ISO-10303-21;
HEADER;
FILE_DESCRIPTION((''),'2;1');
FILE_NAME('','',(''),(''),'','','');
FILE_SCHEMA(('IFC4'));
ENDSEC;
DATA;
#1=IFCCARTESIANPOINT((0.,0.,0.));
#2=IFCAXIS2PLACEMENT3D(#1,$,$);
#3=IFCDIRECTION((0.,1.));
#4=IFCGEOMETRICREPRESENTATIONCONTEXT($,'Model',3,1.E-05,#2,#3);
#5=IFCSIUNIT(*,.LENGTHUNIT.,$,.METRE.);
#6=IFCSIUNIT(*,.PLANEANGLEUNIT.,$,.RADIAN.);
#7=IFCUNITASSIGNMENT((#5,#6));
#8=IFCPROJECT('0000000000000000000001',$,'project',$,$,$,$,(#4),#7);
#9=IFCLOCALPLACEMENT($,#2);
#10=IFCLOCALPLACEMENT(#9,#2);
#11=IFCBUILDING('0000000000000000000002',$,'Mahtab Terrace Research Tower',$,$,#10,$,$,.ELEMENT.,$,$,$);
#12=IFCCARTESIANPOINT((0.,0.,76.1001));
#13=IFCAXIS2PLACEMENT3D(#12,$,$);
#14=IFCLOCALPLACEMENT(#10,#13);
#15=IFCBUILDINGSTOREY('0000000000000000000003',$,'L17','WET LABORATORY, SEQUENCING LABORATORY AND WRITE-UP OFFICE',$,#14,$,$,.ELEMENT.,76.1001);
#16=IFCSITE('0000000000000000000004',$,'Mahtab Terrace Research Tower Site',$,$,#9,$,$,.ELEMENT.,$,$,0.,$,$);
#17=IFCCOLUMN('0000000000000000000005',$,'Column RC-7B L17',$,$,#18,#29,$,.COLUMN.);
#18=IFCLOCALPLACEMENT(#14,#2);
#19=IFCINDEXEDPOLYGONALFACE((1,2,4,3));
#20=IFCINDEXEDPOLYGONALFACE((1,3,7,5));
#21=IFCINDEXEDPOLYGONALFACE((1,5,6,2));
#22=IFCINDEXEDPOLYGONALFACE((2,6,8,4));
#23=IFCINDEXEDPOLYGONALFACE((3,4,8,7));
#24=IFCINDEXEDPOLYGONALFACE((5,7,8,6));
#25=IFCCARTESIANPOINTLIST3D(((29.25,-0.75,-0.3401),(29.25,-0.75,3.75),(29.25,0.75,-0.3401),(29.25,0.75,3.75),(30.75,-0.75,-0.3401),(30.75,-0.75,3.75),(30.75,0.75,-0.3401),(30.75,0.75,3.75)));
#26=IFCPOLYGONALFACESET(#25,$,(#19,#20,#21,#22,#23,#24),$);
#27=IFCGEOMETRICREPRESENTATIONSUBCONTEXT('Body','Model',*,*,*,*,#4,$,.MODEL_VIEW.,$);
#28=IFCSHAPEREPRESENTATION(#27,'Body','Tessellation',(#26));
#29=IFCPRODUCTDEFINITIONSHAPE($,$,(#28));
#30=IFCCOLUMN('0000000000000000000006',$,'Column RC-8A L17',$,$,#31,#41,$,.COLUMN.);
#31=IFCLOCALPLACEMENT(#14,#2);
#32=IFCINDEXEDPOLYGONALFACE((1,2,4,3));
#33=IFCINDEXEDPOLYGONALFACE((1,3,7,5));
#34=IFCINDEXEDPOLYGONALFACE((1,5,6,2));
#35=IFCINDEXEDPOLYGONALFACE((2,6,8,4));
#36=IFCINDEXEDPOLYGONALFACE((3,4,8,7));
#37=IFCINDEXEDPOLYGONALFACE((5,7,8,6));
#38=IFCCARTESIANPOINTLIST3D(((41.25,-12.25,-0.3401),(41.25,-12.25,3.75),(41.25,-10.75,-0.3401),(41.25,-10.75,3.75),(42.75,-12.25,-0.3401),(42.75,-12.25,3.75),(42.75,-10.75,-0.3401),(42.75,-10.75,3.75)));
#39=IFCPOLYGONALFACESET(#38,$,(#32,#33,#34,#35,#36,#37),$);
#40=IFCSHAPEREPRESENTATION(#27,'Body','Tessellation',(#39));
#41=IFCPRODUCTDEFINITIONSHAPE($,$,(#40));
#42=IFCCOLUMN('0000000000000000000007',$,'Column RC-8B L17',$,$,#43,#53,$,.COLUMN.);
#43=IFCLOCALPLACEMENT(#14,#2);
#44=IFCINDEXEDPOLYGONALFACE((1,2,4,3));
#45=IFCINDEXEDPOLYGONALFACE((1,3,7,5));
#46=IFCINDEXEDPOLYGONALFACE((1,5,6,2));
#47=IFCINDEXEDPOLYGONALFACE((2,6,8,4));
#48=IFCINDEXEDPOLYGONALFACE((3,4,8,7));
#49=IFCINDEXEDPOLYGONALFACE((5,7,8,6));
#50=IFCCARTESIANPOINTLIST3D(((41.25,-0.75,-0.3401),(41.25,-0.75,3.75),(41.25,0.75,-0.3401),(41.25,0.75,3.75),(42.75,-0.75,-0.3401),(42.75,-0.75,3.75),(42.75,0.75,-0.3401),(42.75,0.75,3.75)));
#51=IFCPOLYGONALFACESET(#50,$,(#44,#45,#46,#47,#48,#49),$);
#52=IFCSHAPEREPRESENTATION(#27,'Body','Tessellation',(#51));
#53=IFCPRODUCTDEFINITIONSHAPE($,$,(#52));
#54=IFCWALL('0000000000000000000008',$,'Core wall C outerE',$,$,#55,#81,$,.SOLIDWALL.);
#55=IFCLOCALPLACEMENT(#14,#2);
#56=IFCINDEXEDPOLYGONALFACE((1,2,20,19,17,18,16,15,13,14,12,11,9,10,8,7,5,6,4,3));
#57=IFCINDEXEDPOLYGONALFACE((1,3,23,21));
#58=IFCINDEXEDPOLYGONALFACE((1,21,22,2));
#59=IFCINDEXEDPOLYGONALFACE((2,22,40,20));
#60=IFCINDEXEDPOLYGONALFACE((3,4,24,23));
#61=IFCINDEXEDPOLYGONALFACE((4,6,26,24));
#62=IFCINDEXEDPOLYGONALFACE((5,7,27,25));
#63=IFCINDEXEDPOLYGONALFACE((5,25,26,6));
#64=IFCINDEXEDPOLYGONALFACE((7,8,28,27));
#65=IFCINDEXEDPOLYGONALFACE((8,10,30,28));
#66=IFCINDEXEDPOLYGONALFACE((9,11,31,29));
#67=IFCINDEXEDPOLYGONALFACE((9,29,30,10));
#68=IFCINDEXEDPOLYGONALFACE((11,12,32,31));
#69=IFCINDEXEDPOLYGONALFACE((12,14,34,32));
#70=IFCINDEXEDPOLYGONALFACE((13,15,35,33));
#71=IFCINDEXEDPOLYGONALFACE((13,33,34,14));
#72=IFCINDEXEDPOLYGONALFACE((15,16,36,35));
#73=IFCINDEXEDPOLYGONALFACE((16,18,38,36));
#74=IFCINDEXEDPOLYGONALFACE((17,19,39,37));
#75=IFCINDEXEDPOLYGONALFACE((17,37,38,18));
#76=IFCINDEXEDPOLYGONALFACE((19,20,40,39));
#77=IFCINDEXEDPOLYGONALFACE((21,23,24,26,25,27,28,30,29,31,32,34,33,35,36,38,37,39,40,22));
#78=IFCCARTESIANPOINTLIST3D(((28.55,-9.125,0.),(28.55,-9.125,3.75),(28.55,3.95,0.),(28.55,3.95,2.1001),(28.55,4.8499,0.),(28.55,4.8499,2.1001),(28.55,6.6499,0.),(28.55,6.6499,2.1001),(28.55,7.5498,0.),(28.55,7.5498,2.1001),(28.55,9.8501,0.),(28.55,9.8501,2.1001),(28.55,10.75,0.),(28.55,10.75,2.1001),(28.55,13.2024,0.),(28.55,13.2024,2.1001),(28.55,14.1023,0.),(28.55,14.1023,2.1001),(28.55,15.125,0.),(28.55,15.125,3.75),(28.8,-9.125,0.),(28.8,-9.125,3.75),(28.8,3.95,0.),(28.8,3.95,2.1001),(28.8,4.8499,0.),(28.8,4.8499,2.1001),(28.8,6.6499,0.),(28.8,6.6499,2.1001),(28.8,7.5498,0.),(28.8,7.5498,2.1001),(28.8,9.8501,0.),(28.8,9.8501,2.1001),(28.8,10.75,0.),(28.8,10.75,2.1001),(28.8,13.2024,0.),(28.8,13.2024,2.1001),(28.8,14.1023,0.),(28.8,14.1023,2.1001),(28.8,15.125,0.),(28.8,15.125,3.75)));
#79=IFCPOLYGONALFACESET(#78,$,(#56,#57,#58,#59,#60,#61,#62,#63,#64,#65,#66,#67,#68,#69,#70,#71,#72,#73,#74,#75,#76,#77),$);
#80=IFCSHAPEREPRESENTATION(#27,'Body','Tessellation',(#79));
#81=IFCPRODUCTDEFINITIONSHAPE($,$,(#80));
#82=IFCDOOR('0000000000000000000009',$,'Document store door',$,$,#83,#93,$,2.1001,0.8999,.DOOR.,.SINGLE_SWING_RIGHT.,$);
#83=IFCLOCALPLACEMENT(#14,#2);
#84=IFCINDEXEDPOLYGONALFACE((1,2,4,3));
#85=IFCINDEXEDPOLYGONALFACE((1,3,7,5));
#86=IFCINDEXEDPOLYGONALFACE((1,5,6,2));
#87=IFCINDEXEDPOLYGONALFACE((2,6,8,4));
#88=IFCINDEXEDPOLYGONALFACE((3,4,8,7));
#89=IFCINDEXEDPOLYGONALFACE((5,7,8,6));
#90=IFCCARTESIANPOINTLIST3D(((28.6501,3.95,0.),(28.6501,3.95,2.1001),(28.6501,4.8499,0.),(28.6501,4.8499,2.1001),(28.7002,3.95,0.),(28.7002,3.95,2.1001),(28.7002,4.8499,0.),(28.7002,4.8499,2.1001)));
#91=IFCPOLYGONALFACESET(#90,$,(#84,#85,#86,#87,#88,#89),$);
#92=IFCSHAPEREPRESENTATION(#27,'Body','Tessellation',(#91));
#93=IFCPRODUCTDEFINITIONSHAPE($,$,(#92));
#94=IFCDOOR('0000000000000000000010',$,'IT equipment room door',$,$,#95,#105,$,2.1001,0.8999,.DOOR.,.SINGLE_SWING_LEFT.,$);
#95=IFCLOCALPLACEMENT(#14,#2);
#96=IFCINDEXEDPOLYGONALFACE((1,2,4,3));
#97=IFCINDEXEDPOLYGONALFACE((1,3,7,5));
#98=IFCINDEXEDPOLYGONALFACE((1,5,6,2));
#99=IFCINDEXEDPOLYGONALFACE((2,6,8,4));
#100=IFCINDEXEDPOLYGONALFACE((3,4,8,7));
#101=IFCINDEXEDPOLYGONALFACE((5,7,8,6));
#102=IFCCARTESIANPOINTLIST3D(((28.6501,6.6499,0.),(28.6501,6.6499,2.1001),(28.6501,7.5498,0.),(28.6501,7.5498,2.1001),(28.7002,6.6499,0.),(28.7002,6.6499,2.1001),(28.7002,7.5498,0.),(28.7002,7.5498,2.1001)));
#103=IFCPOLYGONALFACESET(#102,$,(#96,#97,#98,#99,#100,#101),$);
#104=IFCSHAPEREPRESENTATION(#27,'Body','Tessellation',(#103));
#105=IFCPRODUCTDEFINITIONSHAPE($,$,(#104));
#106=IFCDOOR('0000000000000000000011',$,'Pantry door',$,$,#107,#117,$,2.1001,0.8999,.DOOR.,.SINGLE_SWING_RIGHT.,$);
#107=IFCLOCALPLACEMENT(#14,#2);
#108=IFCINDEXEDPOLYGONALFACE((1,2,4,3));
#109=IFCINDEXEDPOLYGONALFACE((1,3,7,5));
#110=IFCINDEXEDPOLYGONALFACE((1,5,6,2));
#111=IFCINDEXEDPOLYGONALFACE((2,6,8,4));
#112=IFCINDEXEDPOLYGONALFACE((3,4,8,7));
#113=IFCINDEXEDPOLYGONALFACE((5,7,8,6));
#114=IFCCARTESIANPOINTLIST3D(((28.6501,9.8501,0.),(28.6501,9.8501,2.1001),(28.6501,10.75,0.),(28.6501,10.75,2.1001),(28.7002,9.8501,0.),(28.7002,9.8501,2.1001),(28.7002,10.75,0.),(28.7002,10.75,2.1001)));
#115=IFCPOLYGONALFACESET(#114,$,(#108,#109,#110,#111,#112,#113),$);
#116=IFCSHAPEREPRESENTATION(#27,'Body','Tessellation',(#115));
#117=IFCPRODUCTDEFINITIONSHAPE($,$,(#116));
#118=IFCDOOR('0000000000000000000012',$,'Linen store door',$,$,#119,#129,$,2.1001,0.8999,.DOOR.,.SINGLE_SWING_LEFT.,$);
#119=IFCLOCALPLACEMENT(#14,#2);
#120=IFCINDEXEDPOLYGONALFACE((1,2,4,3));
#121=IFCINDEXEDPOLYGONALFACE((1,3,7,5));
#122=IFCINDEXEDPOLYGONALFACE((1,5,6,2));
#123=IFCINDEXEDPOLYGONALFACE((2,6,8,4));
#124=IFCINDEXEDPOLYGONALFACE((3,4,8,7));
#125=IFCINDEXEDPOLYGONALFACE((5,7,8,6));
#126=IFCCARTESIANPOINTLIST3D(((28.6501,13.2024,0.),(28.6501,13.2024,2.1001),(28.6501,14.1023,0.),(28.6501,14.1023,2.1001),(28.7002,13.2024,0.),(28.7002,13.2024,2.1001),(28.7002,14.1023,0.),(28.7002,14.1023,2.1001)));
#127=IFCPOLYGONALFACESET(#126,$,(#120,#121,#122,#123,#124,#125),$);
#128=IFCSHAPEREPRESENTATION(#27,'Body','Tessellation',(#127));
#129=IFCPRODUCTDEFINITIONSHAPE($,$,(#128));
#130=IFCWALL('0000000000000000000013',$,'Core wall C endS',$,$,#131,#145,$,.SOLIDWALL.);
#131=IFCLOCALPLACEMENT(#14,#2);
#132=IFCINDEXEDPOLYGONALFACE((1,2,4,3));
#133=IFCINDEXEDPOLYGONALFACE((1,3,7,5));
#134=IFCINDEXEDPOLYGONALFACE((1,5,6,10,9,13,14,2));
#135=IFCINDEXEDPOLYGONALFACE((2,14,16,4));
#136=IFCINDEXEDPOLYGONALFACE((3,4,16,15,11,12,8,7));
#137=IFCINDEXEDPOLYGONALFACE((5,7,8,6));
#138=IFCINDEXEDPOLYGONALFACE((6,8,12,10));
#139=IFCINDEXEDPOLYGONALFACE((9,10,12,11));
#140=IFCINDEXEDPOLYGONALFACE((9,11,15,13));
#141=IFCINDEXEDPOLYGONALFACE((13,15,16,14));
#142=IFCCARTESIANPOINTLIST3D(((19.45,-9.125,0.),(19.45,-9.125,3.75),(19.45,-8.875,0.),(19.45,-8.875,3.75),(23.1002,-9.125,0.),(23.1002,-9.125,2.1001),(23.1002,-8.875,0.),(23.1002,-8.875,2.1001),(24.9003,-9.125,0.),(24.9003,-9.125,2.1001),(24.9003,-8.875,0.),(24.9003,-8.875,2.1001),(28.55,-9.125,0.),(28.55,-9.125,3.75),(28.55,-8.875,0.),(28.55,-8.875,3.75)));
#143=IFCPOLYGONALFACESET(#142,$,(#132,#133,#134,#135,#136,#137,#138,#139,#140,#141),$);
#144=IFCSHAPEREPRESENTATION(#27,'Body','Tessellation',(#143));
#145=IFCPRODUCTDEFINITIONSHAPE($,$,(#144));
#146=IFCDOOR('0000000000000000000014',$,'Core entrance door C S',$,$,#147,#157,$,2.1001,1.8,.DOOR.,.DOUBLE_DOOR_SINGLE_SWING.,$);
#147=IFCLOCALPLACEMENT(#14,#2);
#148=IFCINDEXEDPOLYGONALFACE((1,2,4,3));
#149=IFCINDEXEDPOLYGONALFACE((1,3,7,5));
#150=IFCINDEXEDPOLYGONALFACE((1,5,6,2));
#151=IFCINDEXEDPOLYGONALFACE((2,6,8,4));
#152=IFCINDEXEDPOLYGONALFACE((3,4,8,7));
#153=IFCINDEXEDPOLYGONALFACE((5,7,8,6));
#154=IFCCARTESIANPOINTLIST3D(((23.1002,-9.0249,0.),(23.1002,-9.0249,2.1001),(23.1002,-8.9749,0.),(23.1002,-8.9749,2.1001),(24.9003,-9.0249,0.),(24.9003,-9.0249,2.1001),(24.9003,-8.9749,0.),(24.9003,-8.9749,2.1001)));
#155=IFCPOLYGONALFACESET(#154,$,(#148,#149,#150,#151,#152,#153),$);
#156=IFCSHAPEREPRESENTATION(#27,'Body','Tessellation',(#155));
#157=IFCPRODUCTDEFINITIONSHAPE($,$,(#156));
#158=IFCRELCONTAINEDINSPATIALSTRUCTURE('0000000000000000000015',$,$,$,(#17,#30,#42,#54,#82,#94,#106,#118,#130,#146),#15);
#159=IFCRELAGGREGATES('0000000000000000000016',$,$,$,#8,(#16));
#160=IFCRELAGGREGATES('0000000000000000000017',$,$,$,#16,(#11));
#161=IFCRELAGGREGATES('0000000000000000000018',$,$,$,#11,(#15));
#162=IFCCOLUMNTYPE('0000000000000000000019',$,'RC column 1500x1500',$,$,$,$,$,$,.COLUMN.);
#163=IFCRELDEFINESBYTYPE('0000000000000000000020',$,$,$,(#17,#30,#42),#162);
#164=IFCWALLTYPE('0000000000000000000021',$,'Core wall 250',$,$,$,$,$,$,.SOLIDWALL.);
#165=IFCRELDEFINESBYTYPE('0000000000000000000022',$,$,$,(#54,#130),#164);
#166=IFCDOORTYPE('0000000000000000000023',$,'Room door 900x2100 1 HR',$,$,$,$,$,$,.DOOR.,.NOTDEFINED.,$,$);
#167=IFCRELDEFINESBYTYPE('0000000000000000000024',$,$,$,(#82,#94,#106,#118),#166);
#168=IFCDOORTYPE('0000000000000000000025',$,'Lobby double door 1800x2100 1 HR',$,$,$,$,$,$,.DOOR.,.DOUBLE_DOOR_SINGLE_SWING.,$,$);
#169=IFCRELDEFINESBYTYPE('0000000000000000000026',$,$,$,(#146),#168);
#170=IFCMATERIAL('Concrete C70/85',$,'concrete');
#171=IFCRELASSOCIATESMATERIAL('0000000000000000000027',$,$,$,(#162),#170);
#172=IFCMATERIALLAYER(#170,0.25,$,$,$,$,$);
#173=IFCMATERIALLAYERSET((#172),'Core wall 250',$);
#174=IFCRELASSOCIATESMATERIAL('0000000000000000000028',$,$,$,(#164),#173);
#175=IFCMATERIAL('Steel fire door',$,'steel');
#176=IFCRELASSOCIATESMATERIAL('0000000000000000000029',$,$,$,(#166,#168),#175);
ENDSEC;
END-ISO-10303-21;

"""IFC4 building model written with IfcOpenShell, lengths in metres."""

from ifc_helpers import new_model, si_unit, direction, frame, frame_2d, origin, origin_2d, place, context, subcontext, project, spatial, rectangle, extrude, material, layer, layer_set, material_profile, profile_set, type_object, element, fill, save


model = new_model("IFC4")

# Units and contexts
model_context = context("Model", 3, precision=1e-05, world=origin(), true_north=direction((0.0, 1.0)))
body_context = subcontext(model_context, "Body", "Model", "MODEL_VIEW")
ifc_project = project(units=[si_unit("LENGTHUNIT", "METRE"), si_unit("PLANEANGLEUNIT", "RADIAN")], contexts=[model_context])

# Site, building, storey
site_placement = place(None, origin())
site = spatial("IfcSite", under=ifc_project, at=site_placement, Name="Mahtab Terrace Research Tower Site", CompositionType="ELEMENT", RefElevation=0.0)
building_placement = place(site_placement, origin())
building = spatial("IfcBuilding", under=site, at=building_placement, Name="Mahtab Terrace Research Tower", CompositionType="ELEMENT")
storey_placement = place(building_placement, frame((0.0, 0.0, 76.1001)))
storey = spatial("IfcBuildingStorey", under=building, at=storey_placement, Name="L17", Description="WET LABORATORY, SEQUENCING LABORATORY AND WRITE-UP OFFICE", CompositionType="ELEMENT", Elevation=76.1001)

# Columns
ifc_material_1 = material(Name="Concrete C70/85", Category="concrete")
ifc_material_profile = material_profile(ifc_material_1, rectangle(XDim=1.5, YDim=1.5, at=origin_2d()), Name="RC column 1500x1500")
ifc_profile_set = profile_set([ifc_material_profile], Name="Concrete C70/85")
column_type = type_object("IfcColumnType", Name="RC column 1500x1500", PredefinedType="COLUMN", material=ifc_profile_set)
for number, where, z_axis, x_axis, name in (
    (1, (30.0, 0.0, -0.3401), (0.0, 0.0, 1.0), (1.0, 0.0, 0.0), "Column RC-7B L17"),
    (2, (42.0, -11.5, -0.3401), (0.0, 0.0, 1.0), (1.0, 0.0, 0.0), "Column RC-8A L17"),
    (3, (42.0, 0.0, -0.3401), (0.0, 0.0, 1.0), (1.0, 0.0, 0.0), "Column RC-8B L17"),
):
    element("IfcColumn", number, at=place(storey_placement, frame(where, z_axis=z_axis, x_axis=x_axis)), inside=storey, type_object=column_type, Name=name, PredefinedType="COLUMN", context=body_context, shape_type="SweptSolid", body=[
        extrude(rectangle(XDim=1.5, YDim=1.5, at=origin_2d()), origin(), (0.0, 0.0, 1.0), 4.0901),
    ])

# Wall, openings, doors
ifc_layer_1 = layer(ifc_material_1, 0.25)
ifc_layer_set_1 = layer_set([ifc_layer_1], Name="Core wall 250")
wall_type_1 = type_object("IfcWallType", Name="Core wall 250", PredefinedType="SOLIDWALL", material=ifc_layer_set_1)
wall_1_placement = place(storey_placement, frame((28.675, -9.125, 0.0), z_axis=(0.0, 0.0, 1.0), x_axis=(0.0, 1.0, 0.0)))
wall_1 = element("IfcWall", 4, at=wall_1_placement, inside=storey, type_object=wall_type_1, Name="Core wall C outerE", PredefinedType="SOLIDWALL", context=body_context, shape_type="SweptSolid", body=[
    extrude(rectangle(XDim=24.25, YDim=0.25, at=frame_2d((12.125, 0.0))), origin(), (0.0, 0.0, 1.0), 3.75),
])
opening_1_placement = place(wall_1_placement, frame((13.075, 0.0, 0.0)))
opening_1 = element("IfcOpeningElement", 5, at=opening_1_placement, cuts=wall_1, PredefinedType="OPENING", context=body_context, shape_type="SweptSolid", body=[
    extrude(rectangle(XDim=0.8999, YDim=2.1001, at=frame_2d((0.45, 1.05))), frame((0.0, 0.135, 0.0), z_axis=(0.0, -1.0, 0.0), x_axis=(1.0, 0.0, 0.0)), (0.0, 0.0, 1.0), 0.27),
])
opening_2_placement = place(wall_1_placement, frame((15.7749, 0.0, 0.0)))
opening_2 = element("IfcOpeningElement", 6, at=opening_2_placement, cuts=wall_1, PredefinedType="OPENING", context=body_context, shape_type="SweptSolid", body=[
    extrude(rectangle(XDim=0.8999, YDim=2.1001, at=frame_2d((0.45, 1.05))), frame((0.0, 0.135, 0.0), z_axis=(0.0, -1.0, 0.0), x_axis=(1.0, 0.0, 0.0)), (0.0, 0.0, 1.0), 0.27),
])
opening_3_placement = place(wall_1_placement, frame((18.9751, 0.0, 0.0)))
opening_3 = element("IfcOpeningElement", 7, at=opening_3_placement, cuts=wall_1, PredefinedType="OPENING", context=body_context, shape_type="SweptSolid", body=[
    extrude(rectangle(XDim=0.8999, YDim=2.1001, at=frame_2d((0.45, 1.05))), frame((0.0, 0.135, 0.0), z_axis=(0.0, -1.0, 0.0), x_axis=(1.0, 0.0, 0.0)), (0.0, 0.0, 1.0), 0.27),
])
opening_4_placement = place(wall_1_placement, frame((22.3274, 0.0, 0.0)))
opening_4 = element("IfcOpeningElement", 8, at=opening_4_placement, cuts=wall_1, PredefinedType="OPENING", context=body_context, shape_type="SweptSolid", body=[
    extrude(rectangle(XDim=0.8999, YDim=2.1001, at=frame_2d((0.45, 1.05))), frame((0.0, 0.135, 0.0), z_axis=(0.0, -1.0, 0.0), x_axis=(1.0, 0.0, 0.0)), (0.0, 0.0, 1.0), 0.27),
])
ifc_material_2 = material(Name="Steel fire door", Category="steel")
door_type_1 = type_object("IfcDoorType", Name="Room door 900x2100 1 HR", OperationType="NOTDEFINED", PredefinedType="DOOR", material=ifc_material_2)
door_1_placement = place(opening_1_placement, origin())
door_1 = element("IfcDoor", 9, at=door_1_placement, inside=storey, type_object=door_type_1, Name="Document store door", OperationType="SINGLE_SWING_RIGHT", OverallHeight=2.1001, OverallWidth=0.8999, PredefinedType="DOOR", context=body_context, shape_type="SweptSolid", body=[
    extrude(rectangle(XDim=0.8999, YDim=2.1001, at=frame_2d((0.45, 1.05))), frame((0.0, 0.0249, 0.0), z_axis=(0.0, -1.0, 0.0), x_axis=(1.0, 0.0, 0.0)), (0.0, 0.0, 1.0), 0.05),
])
fill(opening_1, door_1)
door_2_placement = place(opening_2_placement, origin())
door_2 = element("IfcDoor", 10, at=door_2_placement, inside=storey, type_object=door_type_1, Name="IT equipment room door", OperationType="SINGLE_SWING_LEFT", OverallHeight=2.1001, OverallWidth=0.8999, PredefinedType="DOOR", context=body_context, shape_type="SweptSolid", body=[
    extrude(rectangle(XDim=0.8999, YDim=2.1001, at=frame_2d((0.45, 1.05))), frame((0.0, 0.0249, 0.0), z_axis=(0.0, -1.0, 0.0), x_axis=(1.0, 0.0, 0.0)), (0.0, 0.0, 1.0), 0.05),
])
fill(opening_2, door_2)
door_3_placement = place(opening_3_placement, origin())
door_3 = element("IfcDoor", 11, at=door_3_placement, inside=storey, type_object=door_type_1, Name="Pantry door", OperationType="SINGLE_SWING_RIGHT", OverallHeight=2.1001, OverallWidth=0.8999, PredefinedType="DOOR", context=body_context, shape_type="SweptSolid", body=[
    extrude(rectangle(XDim=0.8999, YDim=2.1001, at=frame_2d((0.45, 1.05))), frame((0.0, 0.0249, 0.0), z_axis=(0.0, -1.0, 0.0), x_axis=(1.0, 0.0, 0.0)), (0.0, 0.0, 1.0), 0.05),
])
fill(opening_3, door_3)
door_4_placement = place(opening_4_placement, origin())
door_4 = element("IfcDoor", 12, at=door_4_placement, inside=storey, type_object=door_type_1, Name="Linen store door", OperationType="SINGLE_SWING_LEFT", OverallHeight=2.1001, OverallWidth=0.8999, PredefinedType="DOOR", context=body_context, shape_type="SweptSolid", body=[
    extrude(rectangle(XDim=0.8999, YDim=2.1001, at=frame_2d((0.45, 1.05))), frame((0.0, 0.0249, 0.0), z_axis=(0.0, -1.0, 0.0), x_axis=(1.0, 0.0, 0.0)), (0.0, 0.0, 1.0), 0.05),
])
fill(opening_4, door_4)

# Wall, opening, door
wall_2_placement = place(storey_placement, frame((28.55, -9.0, 0.0), z_axis=(0.0, 0.0, 1.0), x_axis=(-1.0, 0.0, 0.0)))
wall_2 = element("IfcWall", 13, at=wall_2_placement, inside=storey, type_object=wall_type_1, Name="Core wall C endS", PredefinedType="SOLIDWALL", context=body_context, shape_type="SweptSolid", body=[
    extrude(rectangle(XDim=9.1001, YDim=0.25, at=frame_2d((4.55, 0.0))), origin(), (0.0, 0.0, 1.0), 3.75),
])
opening_5_placement = place(wall_2_placement, frame((3.6499, 0.0, 0.0)))
opening_5 = element("IfcOpeningElement", 14, at=opening_5_placement, cuts=wall_2, PredefinedType="OPENING", context=body_context, shape_type="SweptSolid", body=[
    extrude(rectangle(XDim=1.8, YDim=2.1001, at=frame_2d((0.8999, 1.05))), frame((0.0, 0.135, 0.0), z_axis=(0.0, -1.0, 0.0), x_axis=(1.0, 0.0, 0.0)), (0.0, 0.0, 1.0), 0.27),
])
door_type_2 = type_object("IfcDoorType", Name="Lobby double door 1800x2100 1 HR", OperationType="DOUBLE_DOOR_SINGLE_SWING", PredefinedType="DOOR", material=ifc_material_2)
door_5_placement = place(opening_5_placement, origin())
door_5 = element("IfcDoor", 15, at=door_5_placement, inside=storey, type_object=door_type_2, Name="Core entrance door C S", OperationType="DOUBLE_DOOR_SINGLE_SWING", OverallHeight=2.1001, OverallWidth=1.8, PredefinedType="DOOR", context=body_context, shape_type="SweptSolid", body=[
    extrude(rectangle(XDim=1.8, YDim=2.1001, at=frame_2d((0.8999, 1.05))), frame((0.0, 0.0249, 0.0), z_axis=(0.0, -1.0, 0.0), x_axis=(1.0, 0.0, 0.0)), (0.0, 0.0, 1.0), 0.05),
])
fill(opening_5, door_5)

save(model, "model.ifc")
